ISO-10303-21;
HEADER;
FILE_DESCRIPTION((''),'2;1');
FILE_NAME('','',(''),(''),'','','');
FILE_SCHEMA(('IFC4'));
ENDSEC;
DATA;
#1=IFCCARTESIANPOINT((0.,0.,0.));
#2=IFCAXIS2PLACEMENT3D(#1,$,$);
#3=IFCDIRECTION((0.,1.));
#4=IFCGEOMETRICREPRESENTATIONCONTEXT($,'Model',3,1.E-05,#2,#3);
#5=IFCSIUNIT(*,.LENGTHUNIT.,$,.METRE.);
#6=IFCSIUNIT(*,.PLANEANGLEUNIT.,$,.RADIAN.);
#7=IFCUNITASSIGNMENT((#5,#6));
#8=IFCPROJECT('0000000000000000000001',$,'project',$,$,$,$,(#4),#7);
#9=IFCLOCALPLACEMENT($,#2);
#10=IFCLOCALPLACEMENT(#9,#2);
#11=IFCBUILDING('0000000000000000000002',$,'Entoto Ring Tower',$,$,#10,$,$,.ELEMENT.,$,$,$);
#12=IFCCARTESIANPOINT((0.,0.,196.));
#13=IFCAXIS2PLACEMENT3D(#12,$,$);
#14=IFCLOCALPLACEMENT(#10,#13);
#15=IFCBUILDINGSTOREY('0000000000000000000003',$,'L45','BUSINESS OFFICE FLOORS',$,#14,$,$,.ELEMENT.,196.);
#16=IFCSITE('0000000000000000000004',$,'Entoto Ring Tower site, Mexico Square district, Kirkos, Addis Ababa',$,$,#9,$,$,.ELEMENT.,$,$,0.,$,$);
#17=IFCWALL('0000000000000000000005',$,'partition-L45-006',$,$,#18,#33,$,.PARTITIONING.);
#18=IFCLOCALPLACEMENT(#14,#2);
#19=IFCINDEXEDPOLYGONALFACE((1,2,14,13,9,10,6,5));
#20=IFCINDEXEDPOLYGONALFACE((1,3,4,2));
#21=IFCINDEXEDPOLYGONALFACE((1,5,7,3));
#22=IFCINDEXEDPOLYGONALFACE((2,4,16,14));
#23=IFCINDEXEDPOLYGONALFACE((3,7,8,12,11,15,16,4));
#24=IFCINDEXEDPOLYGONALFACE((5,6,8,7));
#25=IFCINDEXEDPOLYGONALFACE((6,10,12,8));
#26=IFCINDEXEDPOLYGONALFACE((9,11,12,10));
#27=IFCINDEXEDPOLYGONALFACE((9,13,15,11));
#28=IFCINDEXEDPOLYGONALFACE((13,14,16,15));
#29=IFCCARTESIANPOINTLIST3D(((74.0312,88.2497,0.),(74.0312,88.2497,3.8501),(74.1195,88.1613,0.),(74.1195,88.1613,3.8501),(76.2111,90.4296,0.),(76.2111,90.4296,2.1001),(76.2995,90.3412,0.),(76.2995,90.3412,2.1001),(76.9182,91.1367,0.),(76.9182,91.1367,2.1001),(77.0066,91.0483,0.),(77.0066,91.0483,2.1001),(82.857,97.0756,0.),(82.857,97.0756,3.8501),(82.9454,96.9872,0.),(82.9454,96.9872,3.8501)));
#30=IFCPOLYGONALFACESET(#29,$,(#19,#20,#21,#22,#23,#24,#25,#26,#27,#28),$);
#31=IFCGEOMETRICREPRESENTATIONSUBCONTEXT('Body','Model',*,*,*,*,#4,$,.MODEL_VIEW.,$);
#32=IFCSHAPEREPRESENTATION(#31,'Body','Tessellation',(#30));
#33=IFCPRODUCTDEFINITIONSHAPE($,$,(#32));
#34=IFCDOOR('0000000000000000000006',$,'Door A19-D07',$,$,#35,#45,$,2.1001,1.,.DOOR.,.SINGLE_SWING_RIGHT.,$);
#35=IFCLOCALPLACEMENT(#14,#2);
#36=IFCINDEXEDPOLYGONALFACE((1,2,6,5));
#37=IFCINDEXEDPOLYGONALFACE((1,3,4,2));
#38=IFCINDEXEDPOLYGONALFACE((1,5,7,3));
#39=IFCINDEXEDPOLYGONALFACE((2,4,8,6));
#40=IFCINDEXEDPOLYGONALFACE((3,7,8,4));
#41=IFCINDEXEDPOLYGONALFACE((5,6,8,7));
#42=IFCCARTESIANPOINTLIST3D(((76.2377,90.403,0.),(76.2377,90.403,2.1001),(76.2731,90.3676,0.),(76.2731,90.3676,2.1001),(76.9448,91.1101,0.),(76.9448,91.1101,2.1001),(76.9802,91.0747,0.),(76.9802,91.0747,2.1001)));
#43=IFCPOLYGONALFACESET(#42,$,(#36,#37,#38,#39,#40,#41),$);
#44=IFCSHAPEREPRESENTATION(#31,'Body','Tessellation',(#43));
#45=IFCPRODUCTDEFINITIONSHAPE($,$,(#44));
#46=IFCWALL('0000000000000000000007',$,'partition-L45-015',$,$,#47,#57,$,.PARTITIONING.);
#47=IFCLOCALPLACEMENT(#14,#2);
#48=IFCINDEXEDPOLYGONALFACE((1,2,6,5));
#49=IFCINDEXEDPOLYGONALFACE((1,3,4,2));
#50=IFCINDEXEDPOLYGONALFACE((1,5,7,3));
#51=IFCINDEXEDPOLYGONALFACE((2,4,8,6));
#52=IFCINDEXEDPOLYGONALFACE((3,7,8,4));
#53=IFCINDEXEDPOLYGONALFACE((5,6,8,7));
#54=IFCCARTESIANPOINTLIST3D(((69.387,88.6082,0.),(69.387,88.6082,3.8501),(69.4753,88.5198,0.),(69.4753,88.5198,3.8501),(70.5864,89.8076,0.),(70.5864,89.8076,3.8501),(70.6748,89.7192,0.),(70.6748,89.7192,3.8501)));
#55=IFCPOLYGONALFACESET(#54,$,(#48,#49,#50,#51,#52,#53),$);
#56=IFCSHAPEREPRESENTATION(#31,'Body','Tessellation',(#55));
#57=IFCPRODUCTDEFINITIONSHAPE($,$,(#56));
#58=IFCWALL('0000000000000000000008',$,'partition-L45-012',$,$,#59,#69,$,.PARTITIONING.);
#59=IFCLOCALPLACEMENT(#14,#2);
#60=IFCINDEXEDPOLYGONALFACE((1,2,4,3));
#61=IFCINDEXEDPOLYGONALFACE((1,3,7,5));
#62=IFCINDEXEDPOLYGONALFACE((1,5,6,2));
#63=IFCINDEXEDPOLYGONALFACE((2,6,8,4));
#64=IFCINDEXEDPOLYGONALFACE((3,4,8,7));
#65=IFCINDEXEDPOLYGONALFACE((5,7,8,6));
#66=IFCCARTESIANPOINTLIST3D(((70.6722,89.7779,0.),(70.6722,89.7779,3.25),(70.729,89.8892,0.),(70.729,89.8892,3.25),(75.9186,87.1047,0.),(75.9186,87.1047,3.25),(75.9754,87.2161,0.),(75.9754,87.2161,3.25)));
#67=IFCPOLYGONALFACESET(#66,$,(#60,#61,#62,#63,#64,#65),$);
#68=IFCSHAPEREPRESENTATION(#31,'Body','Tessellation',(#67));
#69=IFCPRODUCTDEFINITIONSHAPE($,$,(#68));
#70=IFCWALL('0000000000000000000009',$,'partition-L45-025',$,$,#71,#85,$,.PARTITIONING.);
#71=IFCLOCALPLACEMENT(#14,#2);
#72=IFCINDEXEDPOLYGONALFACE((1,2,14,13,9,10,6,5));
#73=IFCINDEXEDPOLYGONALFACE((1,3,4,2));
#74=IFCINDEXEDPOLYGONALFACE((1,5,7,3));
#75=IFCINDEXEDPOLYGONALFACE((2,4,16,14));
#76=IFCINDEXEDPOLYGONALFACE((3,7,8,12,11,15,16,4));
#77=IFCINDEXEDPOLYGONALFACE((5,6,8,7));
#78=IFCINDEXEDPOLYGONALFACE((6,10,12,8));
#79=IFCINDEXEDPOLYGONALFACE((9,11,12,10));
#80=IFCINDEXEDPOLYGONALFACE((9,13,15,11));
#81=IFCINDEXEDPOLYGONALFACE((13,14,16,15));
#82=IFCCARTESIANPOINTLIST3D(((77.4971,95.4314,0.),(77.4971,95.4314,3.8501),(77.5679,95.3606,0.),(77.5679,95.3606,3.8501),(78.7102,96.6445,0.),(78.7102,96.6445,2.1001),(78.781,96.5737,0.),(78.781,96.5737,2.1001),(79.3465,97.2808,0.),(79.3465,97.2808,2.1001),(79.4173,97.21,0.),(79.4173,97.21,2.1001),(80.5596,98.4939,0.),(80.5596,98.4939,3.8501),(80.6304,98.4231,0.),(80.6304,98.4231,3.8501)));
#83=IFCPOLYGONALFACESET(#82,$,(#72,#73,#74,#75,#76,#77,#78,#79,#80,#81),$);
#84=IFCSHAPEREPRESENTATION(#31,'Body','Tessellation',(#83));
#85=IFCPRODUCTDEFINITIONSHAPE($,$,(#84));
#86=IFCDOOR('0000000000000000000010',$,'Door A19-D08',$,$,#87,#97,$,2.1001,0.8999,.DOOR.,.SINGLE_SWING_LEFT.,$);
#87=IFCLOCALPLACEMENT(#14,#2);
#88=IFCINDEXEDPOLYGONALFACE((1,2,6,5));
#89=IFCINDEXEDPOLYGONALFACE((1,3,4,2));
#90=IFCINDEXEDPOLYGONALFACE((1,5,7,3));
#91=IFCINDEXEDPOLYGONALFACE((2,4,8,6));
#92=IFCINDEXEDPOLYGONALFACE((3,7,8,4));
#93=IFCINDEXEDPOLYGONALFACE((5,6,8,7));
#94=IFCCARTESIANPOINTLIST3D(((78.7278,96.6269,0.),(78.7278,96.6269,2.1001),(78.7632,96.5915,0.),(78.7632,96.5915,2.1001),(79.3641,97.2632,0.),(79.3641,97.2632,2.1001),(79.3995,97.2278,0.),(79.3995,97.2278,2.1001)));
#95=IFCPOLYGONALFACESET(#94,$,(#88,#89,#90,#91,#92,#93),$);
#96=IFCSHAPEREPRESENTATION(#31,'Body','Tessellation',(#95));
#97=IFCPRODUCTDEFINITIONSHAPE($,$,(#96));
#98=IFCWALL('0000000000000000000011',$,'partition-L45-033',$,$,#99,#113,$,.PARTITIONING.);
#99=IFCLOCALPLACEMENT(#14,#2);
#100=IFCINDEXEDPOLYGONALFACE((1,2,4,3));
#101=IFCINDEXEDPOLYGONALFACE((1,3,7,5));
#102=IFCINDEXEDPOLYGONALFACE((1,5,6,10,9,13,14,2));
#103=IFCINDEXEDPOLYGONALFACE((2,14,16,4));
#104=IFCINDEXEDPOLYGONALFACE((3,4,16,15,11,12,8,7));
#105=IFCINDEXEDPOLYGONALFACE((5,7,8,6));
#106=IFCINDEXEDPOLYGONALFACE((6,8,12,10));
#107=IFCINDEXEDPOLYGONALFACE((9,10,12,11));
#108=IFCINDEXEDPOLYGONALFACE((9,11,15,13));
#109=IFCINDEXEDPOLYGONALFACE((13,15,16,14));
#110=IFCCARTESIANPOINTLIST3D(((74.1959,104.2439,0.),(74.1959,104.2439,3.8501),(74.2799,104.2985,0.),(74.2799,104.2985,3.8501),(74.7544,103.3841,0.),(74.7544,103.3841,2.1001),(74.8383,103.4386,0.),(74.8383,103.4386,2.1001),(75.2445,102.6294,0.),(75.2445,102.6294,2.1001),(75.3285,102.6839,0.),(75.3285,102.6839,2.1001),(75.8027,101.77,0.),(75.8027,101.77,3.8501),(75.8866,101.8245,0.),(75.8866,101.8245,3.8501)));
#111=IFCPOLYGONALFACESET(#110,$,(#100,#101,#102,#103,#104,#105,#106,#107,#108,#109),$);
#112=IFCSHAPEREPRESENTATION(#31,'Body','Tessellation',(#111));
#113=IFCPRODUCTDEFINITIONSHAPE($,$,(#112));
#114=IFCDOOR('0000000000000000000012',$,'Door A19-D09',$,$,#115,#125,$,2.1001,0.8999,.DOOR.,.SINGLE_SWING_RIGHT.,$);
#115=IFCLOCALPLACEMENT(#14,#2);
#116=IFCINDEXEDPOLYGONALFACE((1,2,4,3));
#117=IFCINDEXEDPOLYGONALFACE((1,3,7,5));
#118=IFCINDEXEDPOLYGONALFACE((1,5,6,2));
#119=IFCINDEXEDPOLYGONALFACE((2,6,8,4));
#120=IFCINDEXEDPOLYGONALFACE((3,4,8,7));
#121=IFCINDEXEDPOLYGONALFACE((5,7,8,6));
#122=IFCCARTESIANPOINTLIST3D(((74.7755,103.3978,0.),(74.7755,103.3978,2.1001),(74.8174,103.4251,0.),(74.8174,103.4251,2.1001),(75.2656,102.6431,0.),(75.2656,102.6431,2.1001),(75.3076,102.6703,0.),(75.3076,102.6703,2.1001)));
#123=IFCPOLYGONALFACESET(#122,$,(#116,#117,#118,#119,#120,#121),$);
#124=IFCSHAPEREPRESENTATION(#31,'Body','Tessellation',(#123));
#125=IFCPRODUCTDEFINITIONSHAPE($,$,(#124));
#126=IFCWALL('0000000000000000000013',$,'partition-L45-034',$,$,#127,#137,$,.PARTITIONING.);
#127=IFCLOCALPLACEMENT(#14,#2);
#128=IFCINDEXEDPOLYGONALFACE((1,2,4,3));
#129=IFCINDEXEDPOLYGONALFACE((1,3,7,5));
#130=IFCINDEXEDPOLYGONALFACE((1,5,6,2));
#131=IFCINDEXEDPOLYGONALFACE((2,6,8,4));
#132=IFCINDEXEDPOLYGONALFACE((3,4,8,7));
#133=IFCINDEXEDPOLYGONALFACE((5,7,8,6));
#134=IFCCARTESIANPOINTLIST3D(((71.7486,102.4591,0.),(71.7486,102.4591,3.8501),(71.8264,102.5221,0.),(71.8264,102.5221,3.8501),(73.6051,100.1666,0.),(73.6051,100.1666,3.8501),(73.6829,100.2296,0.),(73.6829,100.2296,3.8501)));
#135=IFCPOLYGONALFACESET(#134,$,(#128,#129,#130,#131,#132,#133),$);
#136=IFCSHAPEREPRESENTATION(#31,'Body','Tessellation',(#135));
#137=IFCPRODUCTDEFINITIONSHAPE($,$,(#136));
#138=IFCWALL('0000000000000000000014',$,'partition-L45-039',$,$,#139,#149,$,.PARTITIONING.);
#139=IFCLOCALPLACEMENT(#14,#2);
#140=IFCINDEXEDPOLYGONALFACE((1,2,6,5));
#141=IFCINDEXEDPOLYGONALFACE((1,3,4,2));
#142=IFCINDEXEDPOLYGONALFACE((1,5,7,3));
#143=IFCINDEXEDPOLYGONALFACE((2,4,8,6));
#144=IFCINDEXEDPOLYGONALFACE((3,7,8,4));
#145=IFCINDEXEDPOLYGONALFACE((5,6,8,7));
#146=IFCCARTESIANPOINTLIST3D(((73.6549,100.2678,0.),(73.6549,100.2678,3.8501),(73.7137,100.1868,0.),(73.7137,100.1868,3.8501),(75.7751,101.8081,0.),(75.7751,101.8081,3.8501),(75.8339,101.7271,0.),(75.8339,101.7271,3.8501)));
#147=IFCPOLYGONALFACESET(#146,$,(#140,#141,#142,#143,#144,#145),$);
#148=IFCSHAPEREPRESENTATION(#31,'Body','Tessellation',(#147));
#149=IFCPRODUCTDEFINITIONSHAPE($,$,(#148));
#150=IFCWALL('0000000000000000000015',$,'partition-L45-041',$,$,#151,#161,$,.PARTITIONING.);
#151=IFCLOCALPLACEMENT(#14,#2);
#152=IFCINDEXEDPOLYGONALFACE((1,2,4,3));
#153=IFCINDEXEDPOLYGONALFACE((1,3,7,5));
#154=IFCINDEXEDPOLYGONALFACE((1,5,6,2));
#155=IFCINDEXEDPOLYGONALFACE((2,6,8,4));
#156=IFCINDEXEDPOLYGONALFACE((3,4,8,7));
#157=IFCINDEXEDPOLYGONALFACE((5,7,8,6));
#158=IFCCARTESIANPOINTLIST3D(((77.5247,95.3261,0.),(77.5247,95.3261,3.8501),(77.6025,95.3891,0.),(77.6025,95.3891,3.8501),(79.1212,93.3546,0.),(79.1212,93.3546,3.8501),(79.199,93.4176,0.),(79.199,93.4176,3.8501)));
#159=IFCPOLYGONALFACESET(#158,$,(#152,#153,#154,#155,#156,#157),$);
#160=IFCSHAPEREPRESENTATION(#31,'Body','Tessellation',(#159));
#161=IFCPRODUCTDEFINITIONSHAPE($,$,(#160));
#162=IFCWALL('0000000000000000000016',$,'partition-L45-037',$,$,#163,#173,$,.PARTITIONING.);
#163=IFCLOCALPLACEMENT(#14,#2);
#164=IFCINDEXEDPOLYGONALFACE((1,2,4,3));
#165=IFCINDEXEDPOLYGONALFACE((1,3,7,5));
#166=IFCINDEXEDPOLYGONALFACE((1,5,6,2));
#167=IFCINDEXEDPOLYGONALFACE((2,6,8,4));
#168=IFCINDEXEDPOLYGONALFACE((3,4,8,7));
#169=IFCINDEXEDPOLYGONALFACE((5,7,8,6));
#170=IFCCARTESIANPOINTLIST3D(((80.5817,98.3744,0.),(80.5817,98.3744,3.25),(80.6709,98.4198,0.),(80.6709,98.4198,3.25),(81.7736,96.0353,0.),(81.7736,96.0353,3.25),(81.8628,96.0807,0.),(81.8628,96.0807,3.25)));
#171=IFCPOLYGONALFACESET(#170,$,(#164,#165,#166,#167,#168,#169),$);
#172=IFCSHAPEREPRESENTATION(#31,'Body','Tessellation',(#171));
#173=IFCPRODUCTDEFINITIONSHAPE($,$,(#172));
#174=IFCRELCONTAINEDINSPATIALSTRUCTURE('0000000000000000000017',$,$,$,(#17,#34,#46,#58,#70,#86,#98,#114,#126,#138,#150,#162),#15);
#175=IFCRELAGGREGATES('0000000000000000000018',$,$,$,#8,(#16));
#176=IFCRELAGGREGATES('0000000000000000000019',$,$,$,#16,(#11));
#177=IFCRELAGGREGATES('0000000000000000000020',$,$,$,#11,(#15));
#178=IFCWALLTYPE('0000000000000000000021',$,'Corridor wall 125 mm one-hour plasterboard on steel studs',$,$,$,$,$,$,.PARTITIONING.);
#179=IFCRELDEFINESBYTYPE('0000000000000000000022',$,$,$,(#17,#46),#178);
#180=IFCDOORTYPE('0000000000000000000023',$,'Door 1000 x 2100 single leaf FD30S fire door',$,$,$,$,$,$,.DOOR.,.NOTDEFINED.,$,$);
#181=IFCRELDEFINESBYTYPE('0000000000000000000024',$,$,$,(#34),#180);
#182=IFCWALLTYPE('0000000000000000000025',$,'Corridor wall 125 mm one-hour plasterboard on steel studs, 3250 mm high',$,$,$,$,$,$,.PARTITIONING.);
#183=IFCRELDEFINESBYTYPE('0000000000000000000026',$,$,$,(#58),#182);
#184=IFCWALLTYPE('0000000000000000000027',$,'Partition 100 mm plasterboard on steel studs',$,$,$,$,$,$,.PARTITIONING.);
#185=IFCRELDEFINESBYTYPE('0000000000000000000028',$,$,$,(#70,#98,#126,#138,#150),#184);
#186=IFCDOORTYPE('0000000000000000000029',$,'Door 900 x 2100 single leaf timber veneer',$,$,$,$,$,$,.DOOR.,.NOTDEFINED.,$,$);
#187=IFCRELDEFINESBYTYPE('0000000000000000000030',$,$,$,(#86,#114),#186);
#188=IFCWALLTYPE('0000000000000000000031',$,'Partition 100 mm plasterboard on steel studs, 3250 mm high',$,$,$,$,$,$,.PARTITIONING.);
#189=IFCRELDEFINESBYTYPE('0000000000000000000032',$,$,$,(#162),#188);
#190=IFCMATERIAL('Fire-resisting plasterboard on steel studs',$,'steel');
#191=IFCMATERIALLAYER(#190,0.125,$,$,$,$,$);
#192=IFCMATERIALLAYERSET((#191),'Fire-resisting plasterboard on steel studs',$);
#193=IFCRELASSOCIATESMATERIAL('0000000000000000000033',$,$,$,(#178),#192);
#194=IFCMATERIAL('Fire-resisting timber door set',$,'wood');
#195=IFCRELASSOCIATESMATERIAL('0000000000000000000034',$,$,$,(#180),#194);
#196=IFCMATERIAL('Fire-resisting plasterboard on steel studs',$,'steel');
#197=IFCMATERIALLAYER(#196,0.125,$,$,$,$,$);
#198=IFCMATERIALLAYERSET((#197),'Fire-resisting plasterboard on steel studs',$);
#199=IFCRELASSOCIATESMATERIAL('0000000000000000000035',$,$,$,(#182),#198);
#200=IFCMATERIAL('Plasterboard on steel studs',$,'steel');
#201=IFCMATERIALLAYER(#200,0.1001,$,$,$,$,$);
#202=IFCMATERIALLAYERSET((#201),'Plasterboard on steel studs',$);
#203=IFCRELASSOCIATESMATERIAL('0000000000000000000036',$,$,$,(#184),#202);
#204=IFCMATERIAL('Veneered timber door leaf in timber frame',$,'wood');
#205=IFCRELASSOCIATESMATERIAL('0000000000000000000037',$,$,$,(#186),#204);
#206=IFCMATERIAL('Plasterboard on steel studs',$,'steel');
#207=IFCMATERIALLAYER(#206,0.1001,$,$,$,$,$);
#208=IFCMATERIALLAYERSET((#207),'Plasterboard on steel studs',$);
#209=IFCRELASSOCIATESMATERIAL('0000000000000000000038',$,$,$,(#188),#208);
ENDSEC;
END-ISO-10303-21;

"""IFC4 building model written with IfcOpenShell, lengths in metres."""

from ifc_helpers import new_model, si_unit, direction, frame, frame_2d, origin, place, context, subcontext, project, spatial, rectangle, extrude, material, layer, layer_set, type_object, element, fill, save


model = new_model("IFC4")

# Units and contexts
model_context = context("Model", 3, precision=1e-05, world=origin(), true_north=direction((0.0, 1.0)))
body_context = subcontext(model_context, "Body", "Model", "MODEL_VIEW")
ifc_project = project(units=[si_unit("LENGTHUNIT", "METRE"), si_unit("PLANEANGLEUNIT", "RADIAN")], contexts=[model_context])

# Site, building, storey
site_placement = place(None, origin())
site = spatial("IfcSite", under=ifc_project, at=site_placement, Name="Entoto Ring Tower site, Mexico Square district, Kirkos, Addis Ababa", CompositionType="ELEMENT", RefElevation=0.0)
building_placement = place(site_placement, origin())
building = spatial("IfcBuilding", under=site, at=building_placement, Name="Entoto Ring Tower", CompositionType="ELEMENT")
storey_placement = place(building_placement, frame((0.0, 0.0, 196.0)))
storey = spatial("IfcBuildingStorey", under=building, at=storey_placement, Name="L45", Description="BUSINESS OFFICE FLOORS", CompositionType="ELEMENT", Elevation=196.0)

# Wall, opening, door
ifc_material_1 = material(Name="Fire-resisting plasterboard on steel studs", Category="steel")
ifc_layer_1 = layer(ifc_material_1, 0.125)
ifc_layer_set_1 = layer_set([ifc_layer_1], Name="Fire-resisting plasterboard on steel studs")
wall_type_1 = type_object("IfcWallType", Name="Corridor wall 125 mm one-hour plasterboard on steel studs", PredefinedType="PARTITIONING", material=ifc_layer_set_1)
wall_1_placement = place(storey_placement, frame((74.0754, 88.2056, 0.0), z_axis=(0.0, 0.0, 1.0), x_axis=(0.707107, 0.707107, 0.0)))
wall_1 = element("IfcWall", 1, at=wall_1_placement, inside=storey, type_object=wall_type_1, Name="partition-L45-006", PredefinedType="PARTITIONING", context=body_context, shape_type="SweptSolid", body=[
    extrude(rectangle(XDim=12.4817, YDim=0.125, at=frame_2d((6.2407, 0.0))), origin(), (0.0, 0.0, 1.0), 3.8501),
])
opening_1_placement = place(wall_1_placement, frame((3.0828, 0.0, 0.0)))
opening_1 = element("IfcOpeningElement", 2, at=opening_1_placement, cuts=wall_1, PredefinedType="OPENING", context=body_context, shape_type="SweptSolid", body=[
    extrude(rectangle(XDim=1.0, YDim=2.1001, at=frame_2d((0.5, 1.05))), frame((0.0, 0.0725, 0.0), z_axis=(0.0, -1.0, 0.0), x_axis=(1.0, 0.0, 0.0)), (0.0, 0.0, 1.0), 0.145),
])
ifc_material_2 = material(Name="Fire-resisting timber door set", Category="wood")
door_type_1 = type_object("IfcDoorType", Name="Door 1000 x 2100 single leaf FD30S fire door", OperationType="NOTDEFINED", PredefinedType="DOOR", material=ifc_material_2)
door_1_placement = place(opening_1_placement, origin())
door_1 = element("IfcDoor", 3, at=door_1_placement, inside=storey, type_object=door_type_1, Name="Door A19-D07", OperationType="SINGLE_SWING_RIGHT", OverallHeight=2.1001, OverallWidth=1.0, PredefinedType="DOOR", context=body_context, shape_type="SweptSolid", body=[
    extrude(rectangle(XDim=1.0, YDim=2.1001, at=frame_2d((0.5, 1.05))), frame((0.0, 0.0249, 0.0), z_axis=(0.0, -1.0, 0.0), x_axis=(1.0, 0.0, 0.0)), (0.0, 0.0, 1.0), 0.05),
])
fill(opening_1, door_1)

# Walls
wall_2_placement = place(storey_placement, frame((69.4312, 88.564, 0.0), z_axis=(0.0, 0.0, 1.0), x_axis=(0.707107, 0.707107, 0.0)))
element("IfcWall", 4, at=wall_2_placement, inside=storey, type_object=wall_type_1, Name="partition-L45-015", PredefinedType="PARTITIONING", context=body_context, shape_type="SweptSolid", body=[
    extrude(rectangle(XDim=1.6963, YDim=0.125, at=frame_2d((0.8481, 0.0))), origin(), (0.0, 0.0, 1.0), 3.8501),
])
ifc_material_3 = material(Name="Fire-resisting plasterboard on steel studs", Category="steel")
ifc_layer_2 = layer(ifc_material_3, 0.125)
ifc_layer_set_2 = layer_set([ifc_layer_2], Name="Fire-resisting plasterboard on steel studs")
wall_type_2 = type_object("IfcWallType", Name="Corridor wall 125 mm one-hour plasterboard on steel studs, 3250 mm high", PredefinedType="PARTITIONING", material=ifc_layer_set_2)
wall_3_placement = place(storey_placement, frame((75.947, 87.1604, 0.0), z_axis=(0.0, 0.0, 1.0), x_axis=(-0.89101, 0.453984, 0.0)))
element("IfcWall", 5, at=wall_3_placement, inside=storey, type_object=wall_type_2, Name="partition-L45-012", PredefinedType="PARTITIONING", context=body_context, shape_type="SweptSolid", body=[
    extrude(rectangle(XDim=5.8882, YDim=0.125, at=frame_2d((2.9441, 0.0))), origin(), (0.0, 0.0, 1.0), 3.25),
])

# Walls, openings, doors
ifc_material_4 = material(Name="Plasterboard on steel studs", Category="steel")
ifc_layer_3 = layer(ifc_material_4, 0.1001)
ifc_layer_set_3 = layer_set([ifc_layer_3], Name="Plasterboard on steel studs")
wall_type_3 = type_object("IfcWallType", Name="Partition 100 mm plasterboard on steel studs", PredefinedType="PARTITIONING", material=ifc_layer_set_3)
wall_4_placement = place(storey_placement, frame((77.5325, 95.396, 0.0), z_axis=(0.0, 0.0, 1.0), x_axis=(0.707107, 0.707107, 0.0)))
wall_4 = element("IfcWall", 6, at=wall_4_placement, inside=storey, type_object=wall_type_3, Name="partition-L45-025", PredefinedType="PARTITIONING", context=body_context, shape_type="SweptSolid", body=[
    extrude(rectangle(XDim=4.3311, YDim=0.1001, at=frame_2d((2.1655, 0.0))), origin(), (0.0, 0.0, 1.0), 3.8501),
])
opening_2_placement = place(wall_4_placement, frame((1.7156, 0.0, 0.0)))
opening_2 = element("IfcOpeningElement", 7, at=opening_2_placement, cuts=wall_4, PredefinedType="OPENING", context=body_context, shape_type="SweptSolid", body=[
    extrude(rectangle(XDim=0.8999, YDim=2.1001, at=frame_2d((0.45, 1.05))), frame((0.0, 0.0601, 0.0), z_axis=(0.0, -1.0, 0.0), x_axis=(1.0, 0.0, 0.0)), (0.0, 0.0, 1.0), 0.1201),
])
ifc_material_5 = material(Name="Veneered timber door leaf in timber frame", Category="wood")
door_type_2 = type_object("IfcDoorType", Name="Door 900 x 2100 single leaf timber veneer", OperationType="NOTDEFINED", PredefinedType="DOOR", material=ifc_material_5)
door_2_placement = place(opening_2_placement, frame((0.8999, 0.0, 0.0), z_axis=(0.0, 0.0, 1.0), x_axis=(-1.0, 0.0, 0.0)))
door_2 = element("IfcDoor", 8, at=door_2_placement, inside=storey, type_object=door_type_2, Name="Door A19-D08", OperationType="SINGLE_SWING_LEFT", OverallHeight=2.1001, OverallWidth=0.8999, PredefinedType="DOOR", context=body_context, shape_type="SweptSolid", body=[
    extrude(rectangle(XDim=0.8999, YDim=2.1001, at=frame_2d((0.45, 1.05))), frame((0.0, 0.0249, 0.0), z_axis=(0.0, -1.0, 0.0), x_axis=(1.0, 0.0, 0.0)), (0.0, 0.0, 1.0), 0.05),
])
fill(opening_2, door_2)
wall_5_placement = place(storey_placement, frame((75.8447, 101.7971, 0.0), z_axis=(0.0, 0.0, 1.0), x_axis=(-0.544671, 0.83865, 0.0)))
wall_5 = element("IfcWall", 9, at=wall_5_placement, inside=storey, type_object=wall_type_3, Name="partition-L45-033", PredefinedType="PARTITIONING", context=body_context, shape_type="SweptSolid", body=[
    extrude(rectangle(XDim=2.95, YDim=0.1001, at=frame_2d((1.4751, 0.0))), origin(), (0.0, 0.0, 1.0), 3.8501),
])
opening_3_placement = place(wall_5_placement, frame((1.0249, 0.0, 0.0)))
opening_3 = element("IfcOpeningElement", 10, at=opening_3_placement, cuts=wall_5, PredefinedType="OPENING", context=body_context, shape_type="SweptSolid", body=[
    extrude(rectangle(XDim=0.8999, YDim=2.1001, at=frame_2d((0.45, 1.05))), frame((0.0, 0.0601, 0.0), z_axis=(0.0, -1.0, 0.0), x_axis=(1.0, 0.0, 0.0)), (0.0, 0.0, 1.0), 0.1201),
])
door_3_placement = place(opening_3_placement, origin())
door_3 = element("IfcDoor", 11, at=door_3_placement, inside=storey, type_object=door_type_2, Name="Door A19-D09", OperationType="SINGLE_SWING_RIGHT", OverallHeight=2.1001, OverallWidth=0.8999, PredefinedType="DOOR", context=body_context, shape_type="SweptSolid", body=[
    extrude(rectangle(XDim=0.8999, YDim=2.1001, at=frame_2d((0.45, 1.05))), frame((0.0, 0.0249, 0.0), z_axis=(0.0, -1.0, 0.0), x_axis=(1.0, 0.0, 0.0)), (0.0, 0.0, 1.0), 0.05),
])
fill(opening_3, door_3)

# Walls
wall_6_placement = place(storey_placement, frame((73.644, 100.198, 0.0), z_axis=(0.0, 0.0, 1.0), x_axis=(-0.629327, 0.777141, 0.0)))
element("IfcWall", 12, at=wall_6_placement, inside=storey, type_object=wall_type_3, Name="partition-L45-034", PredefinedType="PARTITIONING", context=body_context, shape_type="SweptSolid", body=[
    extrude(rectangle(XDim=2.95, YDim=0.1001, at=frame_2d((1.4751, 0.0))), origin(), (0.0, 0.0, 1.0), 3.8501),
])
wall_7_placement = place(storey_placement, frame((73.6843, 100.2273, 0.0), z_axis=(0.0, 0.0, 1.0), x_axis=(0.80903, 0.587767, 0.0)))
element("IfcWall", 13, at=wall_7_placement, inside=storey, type_object=wall_type_3, Name="partition-L45-039", PredefinedType="PARTITIONING", context=body_context, shape_type="SweptSolid", body=[
    extrude(rectangle(XDim=2.6206, YDim=0.1001, at=frame_2d((1.3103, 0.0))), origin(), (0.0, 0.0, 1.0), 3.8501),
])
wall_8_placement = place(storey_placement, frame((79.1602, 93.386, 0.0), z_axis=(0.0, 0.0, 1.0), x_axis=(-0.62932, 0.777146, 0.0)))
element("IfcWall", 14, at=wall_8_placement, inside=storey, type_object=wall_type_3, Name="partition-L45-041", PredefinedType="PARTITIONING", context=body_context, shape_type="SweptSolid", body=[
    extrude(rectangle(XDim=2.5369, YDim=0.1001, at=frame_2d((1.2686, 0.0))), origin(), (0.0, 0.0, 1.0), 3.8501),
])
ifc_material_6 = material(Name="Plasterboard on steel studs", Category="steel")
ifc_layer_4 = layer(ifc_material_6, 0.1001)
ifc_layer_set_4 = layer_set([ifc_layer_4], Name="Plasterboard on steel studs")
wall_type_4 = type_object("IfcWallType", Name="Partition 100 mm plasterboard on steel studs, 3250 mm high", PredefinedType="PARTITIONING", material=ifc_layer_set_4)
wall_9_placement = place(storey_placement, frame((81.8181, 96.0581, 0.0), z_axis=(0.0, 0.0, 1.0), x_axis=(-0.454008, 0.890998, 0.0)))
element("IfcWall", 15, at=wall_9_placement, inside=storey, type_object=wall_type_4, Name="partition-L45-037", PredefinedType="PARTITIONING", context=body_context, shape_type="SweptSolid", body=[
    extrude(rectangle(XDim=2.6252, YDim=0.1001, at=frame_2d((1.3125, 0.0))), origin(), (0.0, 0.0, 1.0), 3.25),
])

save(model, "model.ifc")
